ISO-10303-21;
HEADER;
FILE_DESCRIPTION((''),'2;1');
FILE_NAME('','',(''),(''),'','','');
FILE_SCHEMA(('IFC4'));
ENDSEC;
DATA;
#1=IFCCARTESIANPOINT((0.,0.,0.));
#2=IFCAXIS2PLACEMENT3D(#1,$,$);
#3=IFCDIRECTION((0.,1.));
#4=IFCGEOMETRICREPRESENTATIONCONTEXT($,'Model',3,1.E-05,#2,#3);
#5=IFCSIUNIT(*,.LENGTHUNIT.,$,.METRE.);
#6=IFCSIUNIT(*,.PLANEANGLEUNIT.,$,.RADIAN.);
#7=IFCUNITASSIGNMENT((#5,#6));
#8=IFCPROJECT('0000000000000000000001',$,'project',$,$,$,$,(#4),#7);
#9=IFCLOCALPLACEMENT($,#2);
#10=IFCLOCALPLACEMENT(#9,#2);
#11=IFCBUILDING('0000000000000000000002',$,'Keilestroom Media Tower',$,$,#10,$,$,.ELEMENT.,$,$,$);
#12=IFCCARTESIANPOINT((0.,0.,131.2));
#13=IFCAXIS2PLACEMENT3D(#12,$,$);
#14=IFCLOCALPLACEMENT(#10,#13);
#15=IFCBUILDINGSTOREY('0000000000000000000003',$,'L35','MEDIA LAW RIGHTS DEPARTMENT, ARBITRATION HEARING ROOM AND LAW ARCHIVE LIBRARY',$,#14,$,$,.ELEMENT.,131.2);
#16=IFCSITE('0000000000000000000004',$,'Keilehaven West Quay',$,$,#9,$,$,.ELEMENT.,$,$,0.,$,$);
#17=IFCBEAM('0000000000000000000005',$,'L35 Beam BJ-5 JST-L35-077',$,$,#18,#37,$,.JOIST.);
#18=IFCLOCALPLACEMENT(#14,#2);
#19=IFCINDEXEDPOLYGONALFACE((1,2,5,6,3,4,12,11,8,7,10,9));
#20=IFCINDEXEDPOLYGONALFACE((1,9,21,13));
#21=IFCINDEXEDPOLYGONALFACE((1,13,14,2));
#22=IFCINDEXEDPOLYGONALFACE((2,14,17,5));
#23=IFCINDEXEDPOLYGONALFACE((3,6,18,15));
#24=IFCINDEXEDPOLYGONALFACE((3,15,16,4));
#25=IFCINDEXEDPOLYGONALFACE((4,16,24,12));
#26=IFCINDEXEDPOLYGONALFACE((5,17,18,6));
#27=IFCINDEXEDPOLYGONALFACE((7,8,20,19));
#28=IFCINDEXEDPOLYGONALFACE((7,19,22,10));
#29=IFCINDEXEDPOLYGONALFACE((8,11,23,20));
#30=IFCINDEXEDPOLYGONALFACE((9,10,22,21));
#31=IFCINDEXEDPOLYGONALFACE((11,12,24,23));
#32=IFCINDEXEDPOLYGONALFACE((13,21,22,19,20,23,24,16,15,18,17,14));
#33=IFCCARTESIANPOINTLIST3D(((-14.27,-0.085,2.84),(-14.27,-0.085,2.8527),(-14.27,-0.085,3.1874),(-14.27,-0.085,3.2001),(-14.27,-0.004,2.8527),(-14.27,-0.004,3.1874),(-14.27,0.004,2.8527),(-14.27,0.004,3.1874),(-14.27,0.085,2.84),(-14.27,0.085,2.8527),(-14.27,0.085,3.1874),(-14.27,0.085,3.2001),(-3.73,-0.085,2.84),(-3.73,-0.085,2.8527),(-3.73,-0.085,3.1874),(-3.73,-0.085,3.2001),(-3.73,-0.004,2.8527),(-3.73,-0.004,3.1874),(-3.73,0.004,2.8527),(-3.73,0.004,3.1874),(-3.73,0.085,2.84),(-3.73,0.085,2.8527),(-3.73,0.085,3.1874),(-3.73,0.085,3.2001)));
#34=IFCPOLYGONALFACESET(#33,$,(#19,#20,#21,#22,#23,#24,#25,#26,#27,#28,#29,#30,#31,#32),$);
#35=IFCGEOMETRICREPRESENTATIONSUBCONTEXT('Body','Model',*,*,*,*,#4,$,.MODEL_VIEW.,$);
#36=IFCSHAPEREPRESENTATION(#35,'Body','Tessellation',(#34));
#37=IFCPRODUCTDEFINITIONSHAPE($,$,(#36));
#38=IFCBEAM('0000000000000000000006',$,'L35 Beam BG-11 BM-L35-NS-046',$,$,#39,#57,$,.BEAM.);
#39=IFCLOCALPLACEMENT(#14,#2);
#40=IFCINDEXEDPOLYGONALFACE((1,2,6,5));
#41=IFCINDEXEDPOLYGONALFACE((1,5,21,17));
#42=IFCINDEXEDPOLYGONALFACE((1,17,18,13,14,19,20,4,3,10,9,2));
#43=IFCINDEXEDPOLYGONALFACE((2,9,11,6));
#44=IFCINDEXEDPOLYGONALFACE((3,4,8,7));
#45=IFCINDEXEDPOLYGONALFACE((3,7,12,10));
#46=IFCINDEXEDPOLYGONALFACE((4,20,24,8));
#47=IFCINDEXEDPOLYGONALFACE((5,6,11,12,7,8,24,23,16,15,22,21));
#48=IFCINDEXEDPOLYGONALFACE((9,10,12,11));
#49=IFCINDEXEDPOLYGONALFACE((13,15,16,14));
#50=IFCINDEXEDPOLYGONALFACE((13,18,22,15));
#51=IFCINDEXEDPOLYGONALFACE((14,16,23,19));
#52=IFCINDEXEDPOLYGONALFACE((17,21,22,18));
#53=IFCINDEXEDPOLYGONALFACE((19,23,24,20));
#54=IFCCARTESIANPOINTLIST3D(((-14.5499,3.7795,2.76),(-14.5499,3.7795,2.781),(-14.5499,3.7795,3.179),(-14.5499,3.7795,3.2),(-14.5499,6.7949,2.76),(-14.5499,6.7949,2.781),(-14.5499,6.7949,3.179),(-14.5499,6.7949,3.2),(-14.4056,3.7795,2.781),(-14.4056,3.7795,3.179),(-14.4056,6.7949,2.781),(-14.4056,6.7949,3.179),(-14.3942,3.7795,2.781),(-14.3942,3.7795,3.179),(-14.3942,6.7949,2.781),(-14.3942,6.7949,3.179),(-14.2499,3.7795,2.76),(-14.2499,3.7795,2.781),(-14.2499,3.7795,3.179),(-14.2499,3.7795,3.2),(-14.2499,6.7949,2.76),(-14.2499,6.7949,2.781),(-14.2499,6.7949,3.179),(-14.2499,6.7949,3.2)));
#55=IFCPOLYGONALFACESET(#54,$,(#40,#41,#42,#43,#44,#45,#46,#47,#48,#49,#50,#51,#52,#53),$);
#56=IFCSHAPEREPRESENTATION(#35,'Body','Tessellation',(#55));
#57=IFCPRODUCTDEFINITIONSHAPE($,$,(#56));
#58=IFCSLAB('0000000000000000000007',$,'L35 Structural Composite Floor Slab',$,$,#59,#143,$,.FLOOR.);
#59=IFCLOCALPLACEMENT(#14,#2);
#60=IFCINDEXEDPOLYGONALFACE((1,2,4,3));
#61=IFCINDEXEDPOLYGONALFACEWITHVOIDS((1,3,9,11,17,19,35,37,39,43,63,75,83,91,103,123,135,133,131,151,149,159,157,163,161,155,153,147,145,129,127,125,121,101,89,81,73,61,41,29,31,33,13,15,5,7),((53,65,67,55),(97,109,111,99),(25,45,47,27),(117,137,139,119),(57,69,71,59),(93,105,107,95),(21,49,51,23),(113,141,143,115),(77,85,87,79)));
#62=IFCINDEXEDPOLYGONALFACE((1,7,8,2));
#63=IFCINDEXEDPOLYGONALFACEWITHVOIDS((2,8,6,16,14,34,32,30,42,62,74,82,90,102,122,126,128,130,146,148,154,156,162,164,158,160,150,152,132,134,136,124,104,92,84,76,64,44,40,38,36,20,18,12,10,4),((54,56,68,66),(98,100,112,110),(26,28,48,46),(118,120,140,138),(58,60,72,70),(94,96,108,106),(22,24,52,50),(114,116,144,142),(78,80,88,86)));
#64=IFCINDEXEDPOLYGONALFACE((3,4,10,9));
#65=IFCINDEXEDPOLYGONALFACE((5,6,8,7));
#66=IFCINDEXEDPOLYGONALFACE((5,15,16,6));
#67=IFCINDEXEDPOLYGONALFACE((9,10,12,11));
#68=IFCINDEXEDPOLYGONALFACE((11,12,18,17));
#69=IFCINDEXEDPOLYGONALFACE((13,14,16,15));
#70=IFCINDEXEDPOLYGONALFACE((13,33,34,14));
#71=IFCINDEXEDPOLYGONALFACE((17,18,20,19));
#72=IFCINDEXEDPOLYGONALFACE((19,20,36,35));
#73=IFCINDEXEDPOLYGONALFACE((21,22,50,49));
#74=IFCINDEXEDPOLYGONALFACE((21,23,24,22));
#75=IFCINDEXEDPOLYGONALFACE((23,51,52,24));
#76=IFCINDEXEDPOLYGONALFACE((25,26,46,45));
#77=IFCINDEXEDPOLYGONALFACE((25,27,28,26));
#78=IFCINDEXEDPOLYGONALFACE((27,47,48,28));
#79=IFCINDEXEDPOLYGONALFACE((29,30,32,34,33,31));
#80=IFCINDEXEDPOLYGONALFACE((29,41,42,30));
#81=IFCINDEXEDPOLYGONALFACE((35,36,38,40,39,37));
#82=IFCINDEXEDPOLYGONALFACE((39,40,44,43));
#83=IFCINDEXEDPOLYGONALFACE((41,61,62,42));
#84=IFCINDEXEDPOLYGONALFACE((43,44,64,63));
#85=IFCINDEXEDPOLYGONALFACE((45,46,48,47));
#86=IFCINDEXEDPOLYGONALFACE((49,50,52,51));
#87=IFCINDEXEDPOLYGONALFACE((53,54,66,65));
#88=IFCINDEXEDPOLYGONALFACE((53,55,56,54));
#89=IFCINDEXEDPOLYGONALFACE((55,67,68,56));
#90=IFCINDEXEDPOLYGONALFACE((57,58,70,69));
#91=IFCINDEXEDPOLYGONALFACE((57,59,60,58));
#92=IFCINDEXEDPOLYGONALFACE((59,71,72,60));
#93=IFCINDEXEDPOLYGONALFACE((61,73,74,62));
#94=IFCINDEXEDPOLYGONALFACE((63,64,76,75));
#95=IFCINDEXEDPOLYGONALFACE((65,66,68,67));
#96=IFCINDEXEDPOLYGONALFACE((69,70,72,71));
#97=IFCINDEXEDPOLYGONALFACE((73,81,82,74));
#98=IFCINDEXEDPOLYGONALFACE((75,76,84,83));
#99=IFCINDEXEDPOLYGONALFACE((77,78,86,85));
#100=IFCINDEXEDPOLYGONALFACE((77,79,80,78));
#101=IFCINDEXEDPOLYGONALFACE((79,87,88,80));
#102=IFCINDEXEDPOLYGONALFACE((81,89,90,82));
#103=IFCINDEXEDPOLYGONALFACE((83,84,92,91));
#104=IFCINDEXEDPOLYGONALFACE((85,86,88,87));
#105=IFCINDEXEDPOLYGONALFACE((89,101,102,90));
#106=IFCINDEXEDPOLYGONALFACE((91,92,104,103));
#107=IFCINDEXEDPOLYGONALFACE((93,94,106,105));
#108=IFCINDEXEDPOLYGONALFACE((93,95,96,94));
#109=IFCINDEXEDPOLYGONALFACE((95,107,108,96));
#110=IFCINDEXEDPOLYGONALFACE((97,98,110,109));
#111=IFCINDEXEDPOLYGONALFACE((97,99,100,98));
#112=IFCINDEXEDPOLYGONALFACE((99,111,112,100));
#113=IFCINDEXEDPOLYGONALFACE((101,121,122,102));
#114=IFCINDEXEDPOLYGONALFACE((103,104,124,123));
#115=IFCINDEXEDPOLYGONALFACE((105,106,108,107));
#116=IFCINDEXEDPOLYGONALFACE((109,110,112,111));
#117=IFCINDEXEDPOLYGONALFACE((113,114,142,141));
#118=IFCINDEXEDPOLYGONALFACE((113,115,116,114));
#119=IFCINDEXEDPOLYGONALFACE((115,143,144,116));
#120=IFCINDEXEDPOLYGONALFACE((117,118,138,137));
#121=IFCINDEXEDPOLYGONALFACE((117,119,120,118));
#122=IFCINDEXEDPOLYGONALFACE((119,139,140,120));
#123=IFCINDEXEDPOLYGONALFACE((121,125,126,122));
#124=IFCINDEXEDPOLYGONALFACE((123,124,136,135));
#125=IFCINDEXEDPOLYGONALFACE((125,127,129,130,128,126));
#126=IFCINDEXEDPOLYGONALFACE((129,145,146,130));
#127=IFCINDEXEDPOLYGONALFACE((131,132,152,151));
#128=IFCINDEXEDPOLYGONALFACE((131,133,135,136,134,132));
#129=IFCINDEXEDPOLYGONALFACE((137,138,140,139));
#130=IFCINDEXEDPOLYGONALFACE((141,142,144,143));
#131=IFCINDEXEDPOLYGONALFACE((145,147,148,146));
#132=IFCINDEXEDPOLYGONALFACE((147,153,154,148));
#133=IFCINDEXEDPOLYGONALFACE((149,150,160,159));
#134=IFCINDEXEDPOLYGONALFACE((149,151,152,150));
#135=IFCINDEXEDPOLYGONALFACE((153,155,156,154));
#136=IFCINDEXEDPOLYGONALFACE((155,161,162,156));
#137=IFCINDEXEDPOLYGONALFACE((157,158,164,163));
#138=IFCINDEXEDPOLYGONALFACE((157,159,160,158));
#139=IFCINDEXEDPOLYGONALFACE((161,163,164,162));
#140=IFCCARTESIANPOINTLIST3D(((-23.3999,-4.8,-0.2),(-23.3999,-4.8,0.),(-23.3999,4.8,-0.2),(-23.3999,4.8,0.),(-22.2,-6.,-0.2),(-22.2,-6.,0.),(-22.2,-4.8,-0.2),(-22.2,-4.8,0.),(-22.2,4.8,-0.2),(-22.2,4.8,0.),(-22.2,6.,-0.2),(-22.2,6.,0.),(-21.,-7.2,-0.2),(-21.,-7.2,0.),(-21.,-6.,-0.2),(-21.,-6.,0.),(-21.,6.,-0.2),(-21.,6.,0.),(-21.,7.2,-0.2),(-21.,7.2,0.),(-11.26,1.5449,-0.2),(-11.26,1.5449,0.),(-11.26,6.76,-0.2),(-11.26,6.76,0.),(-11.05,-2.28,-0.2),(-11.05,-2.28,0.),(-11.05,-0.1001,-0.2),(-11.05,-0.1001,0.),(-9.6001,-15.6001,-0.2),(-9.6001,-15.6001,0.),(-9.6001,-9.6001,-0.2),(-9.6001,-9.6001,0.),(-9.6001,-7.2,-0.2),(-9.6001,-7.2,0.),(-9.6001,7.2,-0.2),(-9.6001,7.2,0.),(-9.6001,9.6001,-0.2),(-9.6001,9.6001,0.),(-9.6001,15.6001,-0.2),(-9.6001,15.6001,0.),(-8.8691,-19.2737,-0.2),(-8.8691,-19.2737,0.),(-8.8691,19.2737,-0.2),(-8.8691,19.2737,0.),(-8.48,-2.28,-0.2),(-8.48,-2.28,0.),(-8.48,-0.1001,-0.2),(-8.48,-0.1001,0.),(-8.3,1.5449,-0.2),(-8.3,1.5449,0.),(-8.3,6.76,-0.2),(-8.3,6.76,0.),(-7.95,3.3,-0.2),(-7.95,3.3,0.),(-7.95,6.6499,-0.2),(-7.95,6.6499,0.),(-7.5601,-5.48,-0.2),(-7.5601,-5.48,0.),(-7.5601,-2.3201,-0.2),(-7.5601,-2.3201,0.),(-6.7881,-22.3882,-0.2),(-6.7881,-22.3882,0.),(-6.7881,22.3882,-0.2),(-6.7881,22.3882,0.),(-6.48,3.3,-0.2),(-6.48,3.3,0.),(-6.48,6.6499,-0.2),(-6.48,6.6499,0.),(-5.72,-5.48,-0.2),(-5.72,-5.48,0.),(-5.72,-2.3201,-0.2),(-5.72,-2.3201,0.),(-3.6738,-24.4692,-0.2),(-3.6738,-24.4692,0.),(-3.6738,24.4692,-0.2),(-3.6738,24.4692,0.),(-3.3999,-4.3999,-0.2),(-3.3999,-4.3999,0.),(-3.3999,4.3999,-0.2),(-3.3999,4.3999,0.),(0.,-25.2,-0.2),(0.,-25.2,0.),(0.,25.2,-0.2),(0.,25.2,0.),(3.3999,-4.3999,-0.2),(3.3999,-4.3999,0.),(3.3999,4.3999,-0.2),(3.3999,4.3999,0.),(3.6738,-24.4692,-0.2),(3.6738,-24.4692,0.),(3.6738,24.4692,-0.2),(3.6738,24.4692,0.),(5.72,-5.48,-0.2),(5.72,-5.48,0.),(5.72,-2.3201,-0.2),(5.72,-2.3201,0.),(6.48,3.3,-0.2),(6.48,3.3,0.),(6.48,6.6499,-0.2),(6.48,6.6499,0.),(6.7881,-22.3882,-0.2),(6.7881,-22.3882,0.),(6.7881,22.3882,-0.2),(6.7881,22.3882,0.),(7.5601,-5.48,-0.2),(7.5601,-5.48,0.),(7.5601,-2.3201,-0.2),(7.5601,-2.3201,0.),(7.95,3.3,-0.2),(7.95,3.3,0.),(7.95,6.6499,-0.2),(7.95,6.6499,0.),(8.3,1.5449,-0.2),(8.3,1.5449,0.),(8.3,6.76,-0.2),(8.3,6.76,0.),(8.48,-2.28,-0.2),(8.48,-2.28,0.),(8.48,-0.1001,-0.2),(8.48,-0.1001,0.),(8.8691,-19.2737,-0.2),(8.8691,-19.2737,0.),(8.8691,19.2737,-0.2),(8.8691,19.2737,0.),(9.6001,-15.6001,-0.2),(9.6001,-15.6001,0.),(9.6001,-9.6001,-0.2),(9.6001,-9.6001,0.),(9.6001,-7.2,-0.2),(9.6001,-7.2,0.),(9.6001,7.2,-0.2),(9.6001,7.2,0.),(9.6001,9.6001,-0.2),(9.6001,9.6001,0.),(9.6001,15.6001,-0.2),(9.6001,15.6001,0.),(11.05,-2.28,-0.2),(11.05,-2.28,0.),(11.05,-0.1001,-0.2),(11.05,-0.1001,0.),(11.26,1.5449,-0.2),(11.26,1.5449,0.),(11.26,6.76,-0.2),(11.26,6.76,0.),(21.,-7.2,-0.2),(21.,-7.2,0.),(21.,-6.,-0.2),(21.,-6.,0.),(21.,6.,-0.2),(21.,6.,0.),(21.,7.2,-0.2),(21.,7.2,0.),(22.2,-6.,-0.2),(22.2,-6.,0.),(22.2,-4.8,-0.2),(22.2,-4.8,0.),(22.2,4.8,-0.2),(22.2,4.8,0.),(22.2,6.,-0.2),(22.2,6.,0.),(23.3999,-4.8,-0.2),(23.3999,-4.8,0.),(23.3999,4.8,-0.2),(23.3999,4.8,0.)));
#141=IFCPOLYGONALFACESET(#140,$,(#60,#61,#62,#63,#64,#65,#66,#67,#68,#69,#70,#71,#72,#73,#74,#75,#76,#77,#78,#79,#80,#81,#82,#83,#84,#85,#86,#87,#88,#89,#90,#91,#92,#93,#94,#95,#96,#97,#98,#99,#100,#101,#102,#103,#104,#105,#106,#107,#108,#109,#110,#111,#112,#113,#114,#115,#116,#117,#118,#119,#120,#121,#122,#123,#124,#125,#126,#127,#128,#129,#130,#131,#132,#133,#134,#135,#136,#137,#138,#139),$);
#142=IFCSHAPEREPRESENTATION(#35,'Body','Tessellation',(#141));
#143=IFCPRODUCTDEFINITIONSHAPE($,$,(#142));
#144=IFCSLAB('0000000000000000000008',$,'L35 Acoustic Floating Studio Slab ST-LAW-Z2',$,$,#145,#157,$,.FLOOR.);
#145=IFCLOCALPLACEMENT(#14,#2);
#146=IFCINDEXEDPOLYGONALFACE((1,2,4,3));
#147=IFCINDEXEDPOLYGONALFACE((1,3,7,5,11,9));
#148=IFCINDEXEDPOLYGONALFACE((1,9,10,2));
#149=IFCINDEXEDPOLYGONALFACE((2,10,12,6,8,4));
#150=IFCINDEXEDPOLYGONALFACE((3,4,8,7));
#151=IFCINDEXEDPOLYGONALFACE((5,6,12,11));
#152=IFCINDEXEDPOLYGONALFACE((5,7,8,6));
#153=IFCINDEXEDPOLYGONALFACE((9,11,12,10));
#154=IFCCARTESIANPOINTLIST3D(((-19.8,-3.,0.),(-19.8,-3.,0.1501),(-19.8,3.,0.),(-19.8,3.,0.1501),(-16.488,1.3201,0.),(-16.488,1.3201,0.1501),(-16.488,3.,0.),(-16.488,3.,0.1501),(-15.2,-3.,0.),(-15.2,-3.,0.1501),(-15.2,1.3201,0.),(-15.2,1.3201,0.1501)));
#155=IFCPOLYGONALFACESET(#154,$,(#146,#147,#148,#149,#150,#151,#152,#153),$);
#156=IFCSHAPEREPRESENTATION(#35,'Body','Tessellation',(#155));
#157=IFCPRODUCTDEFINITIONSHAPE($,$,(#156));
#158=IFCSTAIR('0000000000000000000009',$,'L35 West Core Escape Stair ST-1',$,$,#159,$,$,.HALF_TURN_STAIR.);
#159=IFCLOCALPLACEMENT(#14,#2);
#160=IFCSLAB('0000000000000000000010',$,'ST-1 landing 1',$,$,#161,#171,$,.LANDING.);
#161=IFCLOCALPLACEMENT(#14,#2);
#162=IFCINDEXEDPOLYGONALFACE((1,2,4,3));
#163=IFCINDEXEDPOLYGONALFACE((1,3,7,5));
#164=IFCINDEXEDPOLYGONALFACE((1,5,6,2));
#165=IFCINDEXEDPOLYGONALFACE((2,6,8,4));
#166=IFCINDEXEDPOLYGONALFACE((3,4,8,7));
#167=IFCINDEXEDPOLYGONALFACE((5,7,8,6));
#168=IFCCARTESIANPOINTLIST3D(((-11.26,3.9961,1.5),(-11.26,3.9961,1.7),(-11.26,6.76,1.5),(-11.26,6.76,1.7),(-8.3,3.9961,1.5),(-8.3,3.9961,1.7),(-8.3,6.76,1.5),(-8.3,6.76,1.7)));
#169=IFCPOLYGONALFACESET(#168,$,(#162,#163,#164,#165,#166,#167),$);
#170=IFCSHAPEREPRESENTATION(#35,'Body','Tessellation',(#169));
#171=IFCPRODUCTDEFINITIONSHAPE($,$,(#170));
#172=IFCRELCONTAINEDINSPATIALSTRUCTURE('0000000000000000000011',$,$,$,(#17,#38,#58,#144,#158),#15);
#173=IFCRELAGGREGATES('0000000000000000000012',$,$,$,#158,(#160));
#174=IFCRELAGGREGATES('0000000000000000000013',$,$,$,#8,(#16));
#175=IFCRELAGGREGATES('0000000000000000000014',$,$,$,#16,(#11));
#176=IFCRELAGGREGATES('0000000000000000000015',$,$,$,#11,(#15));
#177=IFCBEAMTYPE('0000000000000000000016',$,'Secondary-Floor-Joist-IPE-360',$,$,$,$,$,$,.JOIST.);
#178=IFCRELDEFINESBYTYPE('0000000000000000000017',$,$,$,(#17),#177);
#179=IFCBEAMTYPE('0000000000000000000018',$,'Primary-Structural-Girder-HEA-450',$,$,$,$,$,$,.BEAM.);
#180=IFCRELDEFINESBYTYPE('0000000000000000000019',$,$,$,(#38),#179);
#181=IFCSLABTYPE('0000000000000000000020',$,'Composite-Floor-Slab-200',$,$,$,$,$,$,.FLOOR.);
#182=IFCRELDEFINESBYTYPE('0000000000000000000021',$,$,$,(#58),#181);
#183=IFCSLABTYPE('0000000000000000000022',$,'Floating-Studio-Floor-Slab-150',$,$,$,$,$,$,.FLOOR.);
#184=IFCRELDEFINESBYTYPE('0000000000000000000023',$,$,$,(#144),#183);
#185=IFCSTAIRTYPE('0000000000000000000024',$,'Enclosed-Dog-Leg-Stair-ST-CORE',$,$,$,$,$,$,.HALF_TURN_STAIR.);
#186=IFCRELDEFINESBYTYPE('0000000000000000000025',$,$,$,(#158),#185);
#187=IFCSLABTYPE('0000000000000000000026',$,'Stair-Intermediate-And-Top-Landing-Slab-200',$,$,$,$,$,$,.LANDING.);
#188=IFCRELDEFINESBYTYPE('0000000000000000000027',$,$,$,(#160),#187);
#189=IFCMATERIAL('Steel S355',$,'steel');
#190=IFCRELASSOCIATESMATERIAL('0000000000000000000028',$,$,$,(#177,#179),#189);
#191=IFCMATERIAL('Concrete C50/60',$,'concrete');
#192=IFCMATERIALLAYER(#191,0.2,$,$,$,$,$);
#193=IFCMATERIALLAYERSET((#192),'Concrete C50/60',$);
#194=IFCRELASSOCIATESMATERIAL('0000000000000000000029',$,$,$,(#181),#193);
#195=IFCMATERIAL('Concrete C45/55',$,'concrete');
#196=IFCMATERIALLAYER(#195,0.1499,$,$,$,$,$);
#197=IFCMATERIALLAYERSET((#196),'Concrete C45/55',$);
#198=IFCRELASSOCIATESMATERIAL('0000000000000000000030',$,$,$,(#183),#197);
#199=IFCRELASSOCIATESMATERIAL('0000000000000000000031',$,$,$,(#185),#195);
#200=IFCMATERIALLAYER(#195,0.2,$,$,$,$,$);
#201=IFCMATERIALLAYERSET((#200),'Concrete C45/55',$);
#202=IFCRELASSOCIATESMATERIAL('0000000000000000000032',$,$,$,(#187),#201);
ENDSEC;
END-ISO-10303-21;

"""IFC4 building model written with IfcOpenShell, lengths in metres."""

from ifc_helpers import new_model, si_unit, direction, frame, origin, origin_2d, place, context, subcontext, project, spatial, polyline, i_section, outline, extrude, source, transform, mapped, material, layer, layer_set, material_profile, profile_set, type_object, element, aggregate, save


model = new_model("IFC4")

# Units and contexts
model_context = context("Model", 3, precision=1e-05, world=origin(), true_north=direction((0.0, 1.0)))
body_context = subcontext(model_context, "Body", "Model", "MODEL_VIEW")
ifc_project = project(units=[si_unit("LENGTHUNIT", "METRE"), si_unit("PLANEANGLEUNIT", "RADIAN")], contexts=[model_context])

# Site, building, storey
site_placement = place(None, origin())
site = spatial("IfcSite", under=ifc_project, at=site_placement, Name="Keilehaven West Quay", CompositionType="ELEMENT", RefElevation=0.0)
building_placement = place(site_placement, origin())
building = spatial("IfcBuilding", under=site, at=building_placement, Name="Keilestroom Media Tower", CompositionType="ELEMENT")
storey_placement = place(building_placement, frame((0.0, 0.0, 131.2)))
storey = spatial("IfcBuildingStorey", under=building, at=storey_placement, Name="L35", Description="MEDIA LAW RIGHTS DEPARTMENT, ARBITRATION HEARING ROOM AND LAW ARCHIVE LIBRARY", CompositionType="ELEMENT", Elevation=131.2)

# Beams
ifc_material_1 = material(Name="Steel S355", Category="steel")
ifc_material_profile_1 = material_profile(ifc_material_1, i_section(OverallWidth=0.1699, OverallDepth=0.3601, WebThickness=0.0081, FlangeThickness=0.0127, at=origin_2d()), Name="IPE 360")
ifc_profile_set_1 = profile_set([ifc_material_profile_1], Name="Steel S355")
beam_type_1 = type_object("IfcBeamType", Name="Secondary-Floor-Joist-IPE-360", PredefinedType="JOIST", material=ifc_profile_set_1)
shared_shape_1 = source(origin(), body_context, "Body", "SweptSolid", [
    extrude(i_section(OverallWidth=0.1699, OverallDepth=0.3601, WebThickness=0.0081, FlangeThickness=0.0127, at=origin_2d()), origin(), (0.0, 0.0, 1.0), 10.54),
])
beam_1_placement = place(storey_placement, frame((-14.27, 0.0, 3.02), z_axis=(1.0, 0.0, 0.0), x_axis=(0.0, 1.0, 0.0)))
element("IfcBeam", 1, at=beam_1_placement, inside=storey, type_object=beam_type_1, Name="L35 Beam BJ-5 JST-L35-077", PredefinedType="JOIST", context=body_context, shape_type="MappedRepresentation", body=[
    mapped(shared_shape_1, transform((0.0, 0.0, 0.0), x_axis=(1.0, 0.0, 0.0), y_axis=(0.0, 1.0, 0.0), z_axis=(0.0, 0.0, 1.0), scale=1.0)),
])
ifc_material_profile_2 = material_profile(ifc_material_1, i_section(OverallWidth=0.3, OverallDepth=0.4399, WebThickness=0.0115, FlangeThickness=0.021, at=origin_2d()), Name="HEA 450")
ifc_profile_set_2 = profile_set([ifc_material_profile_2], Name="Steel S355")
beam_type_2 = type_object("IfcBeamType", Name="Primary-Structural-Girder-HEA-450", PredefinedType="BEAM", material=ifc_profile_set_2)
shared_shape_2 = source(origin(), body_context, "Body", "SweptSolid", [
    extrude(i_section(OverallWidth=0.3, OverallDepth=0.4399, WebThickness=0.0115, FlangeThickness=0.021, at=origin_2d()), origin(), (0.0, 0.0, 1.0), 3.0154),
])
beam_2_placement = place(storey_placement, frame((-14.3999, 3.7795, 2.98), z_axis=(0.0, 1.0, 0.0), x_axis=(-1.0, 0.0, 0.0)))
element("IfcBeam", 2, at=beam_2_placement, inside=storey, type_object=beam_type_2, Name="L35 Beam BG-11 BM-L35-NS-046", PredefinedType="BEAM", context=body_context, shape_type="MappedRepresentation", body=[
    mapped(shared_shape_2, transform((0.0, 0.0, 0.0), x_axis=(1.0, 0.0, 0.0), y_axis=(0.0, 1.0, 0.0), z_axis=(0.0, 0.0, 1.0), scale=1.0)),
])

# Slabs
ifc_material_2 = material(Name="Concrete C50/60", Category="concrete")
ifc_layer_1 = layer(ifc_material_2, 0.2)
ifc_layer_set_1 = layer_set([ifc_layer_1], Name="Concrete C50/60")
slab_type_1 = type_object("IfcSlabType", Name="Composite-Floor-Slab-200", PredefinedType="FLOOR", material=ifc_layer_set_1)
slab_1_placement = place(storey_placement, frame((0.0, 0.0, -0.2)))
element("IfcSlab", 3, at=slab_1_placement, inside=storey, type_object=slab_type_1, Name="L35 Structural Composite Floor Slab", PredefinedType="FLOOR", context=body_context, shape_type="SweptSolid", body=[
    extrude(outline(polyline([(23.3999, -4.8), (23.3999, 4.8), (22.2, 4.8), (22.2, 6.0), (21.0, 6.0), (21.0, 7.2), (9.6001, 7.2), (9.6001, 9.6001), (9.6001, 15.6001), (8.8691, 19.2737), (6.7881, 22.3882), (3.6738, 24.4692), (0.0, 25.2), (-3.6738, 24.4692), (-6.7881, 22.3882), (-8.8691, 19.2737), (-9.6001, 15.6001), (-9.6001, 9.6001), (-9.6001, 7.2), (-21.0, 7.2), (-21.0, 6.0), (-22.2, 6.0), (-22.2, 4.8), (-23.3999, 4.8), (-23.3999, -4.8), (-22.2, -4.8), (-22.2, -6.0), (-21.0, -6.0), (-21.0, -7.2), (-9.6001, -7.2), (-9.6001, -9.6001), (-9.6001, -15.6001), (-8.8691, -19.2737), (-6.7881, -22.3882), (-3.6738, -24.4692), (0.0, -25.2), (3.6738, -24.4692), (6.7881, -22.3882), (8.8691, -19.2737), (9.6001, -15.6001), (9.6001, -9.6001), (9.6001, -7.2), (21.0, -7.2), (21.0, -6.0), (22.2, -6.0), (22.2, -4.8), (23.3999, -4.8)]), holes=[polyline([(-11.26, 1.5449), (-11.26, 6.76), (-8.3, 6.76), (-8.3, 1.5449), (-11.26, 1.5449)]), polyline([(-11.05, -2.28), (-11.05, -0.1001), (-8.48, -0.1001), (-8.48, -2.28), (-11.05, -2.28)]), polyline([(-7.95, 3.3), (-7.95, 6.6499), (-6.48, 6.6499), (-6.48, 3.3), (-7.95, 3.3)]), polyline([(-7.5601, -2.3201), (-5.72, -2.3201), (-5.72, -5.48), (-7.5601, -5.48), (-7.5601, -2.3201)]), polyline([(3.3999, -4.3999), (-3.3999, -4.3999), (-3.3999, 4.3999), (3.3999, 4.3999), (3.3999, -4.3999)]), polyline([(7.5601, -2.3201), (7.5601, -5.48), (5.72, -5.48), (5.72, -2.3201), (7.5601, -2.3201)]), polyline([(6.48, 3.3), (6.48, 6.6499), (7.95, 6.6499), (7.95, 3.3), (6.48, 3.3)]), polyline([(8.3, 1.5449), (8.3, 6.76), (11.26, 6.76), (11.26, 1.5449), (8.3, 1.5449)]), polyline([(8.48, -2.28), (8.48, -0.1001), (11.05, -0.1001), (11.05, -2.28), (8.48, -2.28)])]), origin(), (0.0, 0.0, 1.0), 0.2),
])
ifc_material_3 = material(Name="Concrete C45/55", Category="concrete")
ifc_layer_2 = layer(ifc_material_3, 0.1499)
ifc_layer_set_2 = layer_set([ifc_layer_2], Name="Concrete C45/55")
slab_type_2 = type_object("IfcSlabType", Name="Floating-Studio-Floor-Slab-150", PredefinedType="FLOOR", material=ifc_layer_set_2)
slab_2_placement = place(storey_placement, origin())
element("IfcSlab", 4, at=slab_2_placement, inside=storey, type_object=slab_type_2, Name="L35 Acoustic Floating Studio Slab ST-LAW-Z2", PredefinedType="FLOOR", context=body_context, shape_type="SweptSolid", body=[
    extrude(outline(polyline([(-19.8, -3.0), (-15.2, -3.0), (-15.2, 1.3201), (-16.488, 1.3201), (-16.488, 3.0), (-19.8, 3.0), (-19.8, -3.0)])), origin(), (0.0, 0.0, 1.0), 0.1501),
])

# Stair, slab
stair_type = type_object("IfcStairType", Name="Enclosed-Dog-Leg-Stair-ST-CORE", PredefinedType="HALF_TURN_STAIR", material=ifc_material_3)
stair_1_placement = place(storey_placement, origin())
stair_1 = element("IfcStair", 5, at=stair_1_placement, inside=storey, type_object=stair_type, Name="L35 West Core Escape Stair ST-1", PredefinedType="HALF_TURN_STAIR")
ifc_layer_3 = layer(ifc_material_3, 0.2)
ifc_layer_set_3 = layer_set([ifc_layer_3], Name="Concrete C45/55")
slab_type_3 = type_object("IfcSlabType", Name="Stair-Intermediate-And-Top-Landing-Slab-200", PredefinedType="LANDING", material=ifc_layer_set_3)
slab_3_placement = place(storey_placement, frame((0.0, 0.0, 1.5)))
slab_3 = element("IfcSlab", 6, at=slab_3_placement, type_object=slab_type_3, Name="ST-1 landing 1", PredefinedType="LANDING", context=body_context, shape_type="SweptSolid", body=[
    extrude(outline(polyline([(-8.3, 3.9961), (-8.3, 6.76), (-11.26, 6.76), (-11.26, 3.9961), (-8.3, 3.9961)])), origin(), (0.0, 0.0, 1.0), 0.2),
])

aggregate(stair_1, [slab_3])

save(model, "model.ifc")
